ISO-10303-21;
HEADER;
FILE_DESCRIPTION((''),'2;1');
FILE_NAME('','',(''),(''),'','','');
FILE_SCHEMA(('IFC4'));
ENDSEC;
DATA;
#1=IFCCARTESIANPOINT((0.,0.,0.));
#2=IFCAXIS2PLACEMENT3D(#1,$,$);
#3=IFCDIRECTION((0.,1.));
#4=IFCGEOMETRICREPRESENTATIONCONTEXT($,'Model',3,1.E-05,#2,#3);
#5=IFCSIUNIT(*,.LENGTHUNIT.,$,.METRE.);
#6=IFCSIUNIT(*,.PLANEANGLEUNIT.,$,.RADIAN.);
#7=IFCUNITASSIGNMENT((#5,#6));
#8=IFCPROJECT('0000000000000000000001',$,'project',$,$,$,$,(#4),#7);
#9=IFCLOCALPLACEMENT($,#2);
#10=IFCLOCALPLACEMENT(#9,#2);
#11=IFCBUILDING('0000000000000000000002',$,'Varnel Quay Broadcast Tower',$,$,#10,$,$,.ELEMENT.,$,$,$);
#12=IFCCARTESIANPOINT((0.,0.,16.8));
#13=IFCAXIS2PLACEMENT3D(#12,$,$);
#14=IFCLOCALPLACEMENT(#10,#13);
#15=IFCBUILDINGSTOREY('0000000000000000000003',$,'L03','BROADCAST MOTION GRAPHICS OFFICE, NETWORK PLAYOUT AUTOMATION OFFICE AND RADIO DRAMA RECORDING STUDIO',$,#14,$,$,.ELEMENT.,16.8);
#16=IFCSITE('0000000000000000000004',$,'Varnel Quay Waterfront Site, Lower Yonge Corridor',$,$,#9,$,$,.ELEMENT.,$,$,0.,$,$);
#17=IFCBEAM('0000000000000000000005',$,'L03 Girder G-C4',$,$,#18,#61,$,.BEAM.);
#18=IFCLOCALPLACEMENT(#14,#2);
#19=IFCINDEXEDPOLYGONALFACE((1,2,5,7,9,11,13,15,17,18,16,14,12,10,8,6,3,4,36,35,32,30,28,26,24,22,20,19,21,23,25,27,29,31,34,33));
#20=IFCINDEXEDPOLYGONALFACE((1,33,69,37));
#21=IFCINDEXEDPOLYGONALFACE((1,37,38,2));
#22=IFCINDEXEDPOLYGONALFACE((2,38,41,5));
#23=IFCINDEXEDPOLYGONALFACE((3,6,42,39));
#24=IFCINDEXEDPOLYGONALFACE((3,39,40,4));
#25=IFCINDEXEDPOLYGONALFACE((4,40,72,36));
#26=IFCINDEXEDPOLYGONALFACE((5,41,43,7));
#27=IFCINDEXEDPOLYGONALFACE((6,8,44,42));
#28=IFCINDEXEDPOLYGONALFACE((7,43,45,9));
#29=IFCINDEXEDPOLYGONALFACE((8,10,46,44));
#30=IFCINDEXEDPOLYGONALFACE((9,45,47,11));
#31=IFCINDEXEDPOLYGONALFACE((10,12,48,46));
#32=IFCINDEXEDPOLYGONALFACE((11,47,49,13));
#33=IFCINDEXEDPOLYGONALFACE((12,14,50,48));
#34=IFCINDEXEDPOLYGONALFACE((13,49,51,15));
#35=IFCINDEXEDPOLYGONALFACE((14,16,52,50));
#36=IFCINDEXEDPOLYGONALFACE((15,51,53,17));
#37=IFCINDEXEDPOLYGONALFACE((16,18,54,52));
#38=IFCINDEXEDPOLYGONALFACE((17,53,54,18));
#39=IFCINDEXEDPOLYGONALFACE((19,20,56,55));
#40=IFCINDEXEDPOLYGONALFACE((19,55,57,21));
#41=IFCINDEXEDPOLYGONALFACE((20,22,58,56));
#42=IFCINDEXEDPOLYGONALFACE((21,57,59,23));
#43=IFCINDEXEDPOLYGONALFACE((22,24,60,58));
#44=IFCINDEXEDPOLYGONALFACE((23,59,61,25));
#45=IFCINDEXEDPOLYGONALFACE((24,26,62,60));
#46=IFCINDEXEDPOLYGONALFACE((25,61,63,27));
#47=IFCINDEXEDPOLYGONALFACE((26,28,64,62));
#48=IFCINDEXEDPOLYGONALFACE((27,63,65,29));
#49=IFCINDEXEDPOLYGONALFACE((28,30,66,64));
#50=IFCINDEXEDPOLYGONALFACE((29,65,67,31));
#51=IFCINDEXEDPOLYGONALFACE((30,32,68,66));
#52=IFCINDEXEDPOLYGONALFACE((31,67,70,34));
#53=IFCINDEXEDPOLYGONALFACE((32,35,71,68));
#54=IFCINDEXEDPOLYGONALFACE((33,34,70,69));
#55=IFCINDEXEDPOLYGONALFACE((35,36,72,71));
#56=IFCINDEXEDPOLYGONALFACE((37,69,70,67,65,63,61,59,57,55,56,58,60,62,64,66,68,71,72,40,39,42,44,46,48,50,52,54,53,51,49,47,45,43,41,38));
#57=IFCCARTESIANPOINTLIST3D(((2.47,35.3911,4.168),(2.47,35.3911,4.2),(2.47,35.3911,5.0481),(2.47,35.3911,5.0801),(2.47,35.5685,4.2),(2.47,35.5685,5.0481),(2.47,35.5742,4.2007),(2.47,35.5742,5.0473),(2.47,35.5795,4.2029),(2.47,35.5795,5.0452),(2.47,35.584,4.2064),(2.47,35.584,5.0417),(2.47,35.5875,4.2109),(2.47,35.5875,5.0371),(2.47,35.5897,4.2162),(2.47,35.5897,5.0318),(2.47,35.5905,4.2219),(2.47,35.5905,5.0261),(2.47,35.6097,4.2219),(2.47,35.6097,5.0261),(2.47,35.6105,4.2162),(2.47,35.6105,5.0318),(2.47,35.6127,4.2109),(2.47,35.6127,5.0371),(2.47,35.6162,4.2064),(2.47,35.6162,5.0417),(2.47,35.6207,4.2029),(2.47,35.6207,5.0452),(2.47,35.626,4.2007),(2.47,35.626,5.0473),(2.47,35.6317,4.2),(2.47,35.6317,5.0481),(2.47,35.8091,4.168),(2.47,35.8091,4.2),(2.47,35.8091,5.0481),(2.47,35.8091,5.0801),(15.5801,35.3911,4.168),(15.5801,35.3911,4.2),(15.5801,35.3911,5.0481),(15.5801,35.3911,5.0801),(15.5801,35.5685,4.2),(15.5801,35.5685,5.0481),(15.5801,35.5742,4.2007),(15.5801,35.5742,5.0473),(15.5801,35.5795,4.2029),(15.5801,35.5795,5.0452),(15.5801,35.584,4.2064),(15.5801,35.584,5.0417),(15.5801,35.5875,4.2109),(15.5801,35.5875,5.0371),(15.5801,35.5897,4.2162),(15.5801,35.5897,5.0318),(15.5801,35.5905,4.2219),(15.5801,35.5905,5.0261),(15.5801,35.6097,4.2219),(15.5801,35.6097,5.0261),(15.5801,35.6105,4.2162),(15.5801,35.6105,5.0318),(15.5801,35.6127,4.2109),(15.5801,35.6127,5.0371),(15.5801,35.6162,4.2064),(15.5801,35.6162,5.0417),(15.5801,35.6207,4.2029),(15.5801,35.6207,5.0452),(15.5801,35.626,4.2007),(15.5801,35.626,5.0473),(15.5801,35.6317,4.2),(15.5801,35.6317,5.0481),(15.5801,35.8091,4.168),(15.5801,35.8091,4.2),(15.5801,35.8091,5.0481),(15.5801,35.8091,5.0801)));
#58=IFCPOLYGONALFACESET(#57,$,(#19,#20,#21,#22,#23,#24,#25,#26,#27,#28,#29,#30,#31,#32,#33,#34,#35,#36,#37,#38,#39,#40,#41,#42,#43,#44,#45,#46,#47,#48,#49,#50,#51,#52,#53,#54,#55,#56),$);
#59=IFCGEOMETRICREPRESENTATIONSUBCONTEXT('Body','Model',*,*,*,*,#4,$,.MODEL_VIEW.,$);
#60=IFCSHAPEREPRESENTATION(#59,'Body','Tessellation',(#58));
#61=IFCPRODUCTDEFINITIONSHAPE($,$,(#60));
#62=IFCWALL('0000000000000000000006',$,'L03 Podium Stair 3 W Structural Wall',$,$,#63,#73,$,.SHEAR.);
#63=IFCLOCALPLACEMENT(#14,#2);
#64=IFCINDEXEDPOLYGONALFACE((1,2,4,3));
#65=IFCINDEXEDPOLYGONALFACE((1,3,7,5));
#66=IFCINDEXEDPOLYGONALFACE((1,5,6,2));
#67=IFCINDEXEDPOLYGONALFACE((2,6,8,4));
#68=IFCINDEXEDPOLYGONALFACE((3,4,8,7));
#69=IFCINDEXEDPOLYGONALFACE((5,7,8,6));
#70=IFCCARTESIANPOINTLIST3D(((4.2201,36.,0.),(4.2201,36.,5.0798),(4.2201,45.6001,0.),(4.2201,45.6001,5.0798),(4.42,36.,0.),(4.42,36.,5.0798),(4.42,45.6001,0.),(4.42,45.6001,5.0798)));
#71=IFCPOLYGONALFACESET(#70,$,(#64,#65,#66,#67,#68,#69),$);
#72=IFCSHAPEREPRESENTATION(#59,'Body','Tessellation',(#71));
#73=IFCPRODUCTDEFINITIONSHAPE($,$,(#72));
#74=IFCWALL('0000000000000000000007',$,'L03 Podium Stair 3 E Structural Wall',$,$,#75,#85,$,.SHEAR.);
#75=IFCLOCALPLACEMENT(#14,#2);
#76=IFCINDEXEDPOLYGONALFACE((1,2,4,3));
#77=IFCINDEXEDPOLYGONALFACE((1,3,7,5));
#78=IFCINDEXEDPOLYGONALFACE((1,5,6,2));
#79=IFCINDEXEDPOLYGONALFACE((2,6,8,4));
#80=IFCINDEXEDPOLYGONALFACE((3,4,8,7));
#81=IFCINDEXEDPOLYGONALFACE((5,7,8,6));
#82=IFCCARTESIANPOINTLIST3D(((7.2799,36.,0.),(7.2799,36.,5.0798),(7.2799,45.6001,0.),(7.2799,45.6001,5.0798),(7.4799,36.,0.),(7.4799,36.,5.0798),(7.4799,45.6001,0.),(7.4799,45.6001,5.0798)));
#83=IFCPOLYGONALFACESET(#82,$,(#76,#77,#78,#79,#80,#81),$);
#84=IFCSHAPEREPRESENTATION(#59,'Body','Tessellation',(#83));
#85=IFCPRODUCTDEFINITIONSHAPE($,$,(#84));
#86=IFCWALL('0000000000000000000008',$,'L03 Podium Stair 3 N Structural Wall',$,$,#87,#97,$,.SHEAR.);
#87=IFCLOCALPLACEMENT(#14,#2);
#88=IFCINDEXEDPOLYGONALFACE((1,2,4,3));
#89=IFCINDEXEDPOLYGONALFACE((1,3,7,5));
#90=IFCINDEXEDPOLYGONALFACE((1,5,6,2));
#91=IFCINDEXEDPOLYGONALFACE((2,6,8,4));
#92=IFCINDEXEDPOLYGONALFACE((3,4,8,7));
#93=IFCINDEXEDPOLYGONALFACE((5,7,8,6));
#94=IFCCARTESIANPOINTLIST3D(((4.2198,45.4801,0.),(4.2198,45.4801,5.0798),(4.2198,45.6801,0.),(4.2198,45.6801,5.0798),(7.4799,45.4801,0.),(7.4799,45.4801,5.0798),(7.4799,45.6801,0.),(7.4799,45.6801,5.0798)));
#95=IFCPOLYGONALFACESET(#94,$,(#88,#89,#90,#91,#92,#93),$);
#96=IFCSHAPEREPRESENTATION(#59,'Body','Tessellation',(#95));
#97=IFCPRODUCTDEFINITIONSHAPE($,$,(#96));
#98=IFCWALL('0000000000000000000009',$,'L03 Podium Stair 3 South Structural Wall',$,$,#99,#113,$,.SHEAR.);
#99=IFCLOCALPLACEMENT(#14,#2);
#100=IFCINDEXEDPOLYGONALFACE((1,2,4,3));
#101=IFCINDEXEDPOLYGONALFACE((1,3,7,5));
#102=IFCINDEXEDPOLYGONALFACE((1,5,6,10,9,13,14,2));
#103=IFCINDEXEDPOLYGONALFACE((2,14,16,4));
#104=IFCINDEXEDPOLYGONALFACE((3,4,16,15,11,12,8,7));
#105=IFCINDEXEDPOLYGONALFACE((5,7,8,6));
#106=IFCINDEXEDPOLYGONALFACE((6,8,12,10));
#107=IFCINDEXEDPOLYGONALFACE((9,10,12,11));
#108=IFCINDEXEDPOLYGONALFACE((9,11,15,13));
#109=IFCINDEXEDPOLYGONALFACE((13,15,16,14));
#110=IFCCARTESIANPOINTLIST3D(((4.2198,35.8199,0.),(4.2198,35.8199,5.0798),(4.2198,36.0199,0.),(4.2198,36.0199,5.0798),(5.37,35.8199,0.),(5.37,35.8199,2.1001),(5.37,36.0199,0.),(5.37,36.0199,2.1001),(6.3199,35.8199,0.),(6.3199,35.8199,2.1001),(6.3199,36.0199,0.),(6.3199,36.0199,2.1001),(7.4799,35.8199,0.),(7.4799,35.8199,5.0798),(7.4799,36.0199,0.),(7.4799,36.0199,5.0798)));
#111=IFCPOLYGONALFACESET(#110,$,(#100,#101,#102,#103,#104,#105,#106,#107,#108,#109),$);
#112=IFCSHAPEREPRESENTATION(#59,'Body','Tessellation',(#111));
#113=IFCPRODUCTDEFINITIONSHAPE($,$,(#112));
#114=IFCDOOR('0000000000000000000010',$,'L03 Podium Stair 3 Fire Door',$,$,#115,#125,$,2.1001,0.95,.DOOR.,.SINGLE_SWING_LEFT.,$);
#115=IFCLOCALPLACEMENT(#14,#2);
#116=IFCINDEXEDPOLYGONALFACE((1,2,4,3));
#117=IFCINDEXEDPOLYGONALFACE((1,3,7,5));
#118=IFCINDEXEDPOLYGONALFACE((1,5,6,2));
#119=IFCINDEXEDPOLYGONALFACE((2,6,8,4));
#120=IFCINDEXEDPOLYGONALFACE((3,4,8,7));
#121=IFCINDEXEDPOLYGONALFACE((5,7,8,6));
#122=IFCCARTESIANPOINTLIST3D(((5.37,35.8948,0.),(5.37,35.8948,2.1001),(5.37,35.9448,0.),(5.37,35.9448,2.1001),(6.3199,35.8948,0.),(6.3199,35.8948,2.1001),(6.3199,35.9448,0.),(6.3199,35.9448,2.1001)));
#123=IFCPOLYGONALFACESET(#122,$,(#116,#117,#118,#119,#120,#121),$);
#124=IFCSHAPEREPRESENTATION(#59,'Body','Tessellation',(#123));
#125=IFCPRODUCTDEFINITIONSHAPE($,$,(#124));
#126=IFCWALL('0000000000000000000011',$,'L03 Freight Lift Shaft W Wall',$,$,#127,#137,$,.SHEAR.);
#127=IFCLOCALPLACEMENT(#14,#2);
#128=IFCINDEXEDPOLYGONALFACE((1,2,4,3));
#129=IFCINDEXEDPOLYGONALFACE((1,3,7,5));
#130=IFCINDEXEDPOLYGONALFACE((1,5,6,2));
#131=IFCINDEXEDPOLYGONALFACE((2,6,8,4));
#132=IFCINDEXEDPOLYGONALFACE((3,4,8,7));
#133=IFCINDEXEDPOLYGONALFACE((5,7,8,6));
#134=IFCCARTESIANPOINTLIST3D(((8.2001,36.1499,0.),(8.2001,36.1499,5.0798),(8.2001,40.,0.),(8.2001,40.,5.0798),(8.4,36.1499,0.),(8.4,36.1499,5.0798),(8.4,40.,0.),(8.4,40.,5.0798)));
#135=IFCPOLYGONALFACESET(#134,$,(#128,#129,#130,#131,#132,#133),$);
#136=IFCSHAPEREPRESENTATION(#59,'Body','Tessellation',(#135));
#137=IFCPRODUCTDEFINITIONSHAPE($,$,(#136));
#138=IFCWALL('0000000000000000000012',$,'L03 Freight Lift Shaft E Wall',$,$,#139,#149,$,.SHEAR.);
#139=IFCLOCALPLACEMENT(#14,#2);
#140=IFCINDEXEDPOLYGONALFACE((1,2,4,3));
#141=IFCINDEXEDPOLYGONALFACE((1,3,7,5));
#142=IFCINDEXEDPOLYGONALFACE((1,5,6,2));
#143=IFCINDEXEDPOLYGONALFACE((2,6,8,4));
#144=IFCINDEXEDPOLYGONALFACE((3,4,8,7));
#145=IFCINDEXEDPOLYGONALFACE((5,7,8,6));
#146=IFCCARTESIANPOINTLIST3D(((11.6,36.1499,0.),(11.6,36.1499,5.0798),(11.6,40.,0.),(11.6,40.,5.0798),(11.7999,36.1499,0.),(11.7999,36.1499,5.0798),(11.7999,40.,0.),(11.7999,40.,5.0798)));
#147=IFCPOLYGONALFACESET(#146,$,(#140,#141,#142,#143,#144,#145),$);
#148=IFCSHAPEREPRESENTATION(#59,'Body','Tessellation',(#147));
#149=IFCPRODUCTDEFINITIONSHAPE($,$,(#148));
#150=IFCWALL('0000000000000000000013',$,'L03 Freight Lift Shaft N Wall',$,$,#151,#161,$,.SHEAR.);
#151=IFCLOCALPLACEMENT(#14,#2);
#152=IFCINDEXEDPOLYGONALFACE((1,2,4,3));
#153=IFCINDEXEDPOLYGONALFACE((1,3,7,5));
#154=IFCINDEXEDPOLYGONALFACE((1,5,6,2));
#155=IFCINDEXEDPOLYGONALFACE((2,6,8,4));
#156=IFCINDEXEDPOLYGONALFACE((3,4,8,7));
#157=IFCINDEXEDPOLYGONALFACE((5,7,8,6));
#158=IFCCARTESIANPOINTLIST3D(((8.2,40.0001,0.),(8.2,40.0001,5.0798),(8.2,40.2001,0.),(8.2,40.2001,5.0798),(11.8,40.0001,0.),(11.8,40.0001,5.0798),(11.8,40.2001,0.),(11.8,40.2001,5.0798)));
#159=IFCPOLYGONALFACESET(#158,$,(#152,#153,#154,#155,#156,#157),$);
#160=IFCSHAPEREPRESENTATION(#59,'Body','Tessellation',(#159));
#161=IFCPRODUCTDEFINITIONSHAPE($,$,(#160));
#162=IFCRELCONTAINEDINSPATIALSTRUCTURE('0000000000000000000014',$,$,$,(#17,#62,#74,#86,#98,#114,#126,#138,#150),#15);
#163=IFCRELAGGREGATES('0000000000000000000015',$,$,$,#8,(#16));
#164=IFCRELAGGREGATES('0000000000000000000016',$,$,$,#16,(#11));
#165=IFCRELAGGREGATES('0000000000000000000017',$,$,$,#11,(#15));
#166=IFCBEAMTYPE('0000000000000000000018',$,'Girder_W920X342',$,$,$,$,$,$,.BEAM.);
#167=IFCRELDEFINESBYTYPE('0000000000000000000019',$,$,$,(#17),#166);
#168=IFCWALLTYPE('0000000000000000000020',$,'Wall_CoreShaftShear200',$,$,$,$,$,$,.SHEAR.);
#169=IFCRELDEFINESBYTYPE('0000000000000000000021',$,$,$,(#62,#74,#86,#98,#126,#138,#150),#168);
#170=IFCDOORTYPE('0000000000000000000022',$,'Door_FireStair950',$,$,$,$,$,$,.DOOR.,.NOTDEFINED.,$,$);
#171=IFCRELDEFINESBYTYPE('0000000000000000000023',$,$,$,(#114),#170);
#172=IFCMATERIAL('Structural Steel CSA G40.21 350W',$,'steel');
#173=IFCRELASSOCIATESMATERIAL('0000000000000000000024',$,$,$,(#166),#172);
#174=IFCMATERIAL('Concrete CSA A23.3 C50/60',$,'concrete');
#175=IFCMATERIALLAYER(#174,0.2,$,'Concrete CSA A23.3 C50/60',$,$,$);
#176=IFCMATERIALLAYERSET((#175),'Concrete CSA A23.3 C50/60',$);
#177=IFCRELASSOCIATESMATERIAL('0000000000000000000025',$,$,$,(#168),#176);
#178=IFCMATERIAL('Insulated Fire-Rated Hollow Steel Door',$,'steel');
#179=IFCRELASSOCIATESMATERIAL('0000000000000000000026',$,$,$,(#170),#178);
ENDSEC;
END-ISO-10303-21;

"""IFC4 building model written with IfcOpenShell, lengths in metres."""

from ifc_helpers import new_model, si_unit, direction, frame, frame_2d, origin, origin_2d, place, context, subcontext, project, spatial, rectangle, i_section, extrude, source, transform, mapped, material, layer, layer_set, material_profile, profile_set, type_object, type_shapes, element, fill, save


model = new_model("IFC4")

# Units and contexts
model_context = context("Model", 3, precision=1e-05, world=origin(), true_north=direction((0.0, 1.0)))
body_context = subcontext(model_context, "Body", "Model", "MODEL_VIEW")
ifc_project = project(units=[si_unit("LENGTHUNIT", "METRE"), si_unit("PLANEANGLEUNIT", "RADIAN")], contexts=[model_context])

# Site, building, storey
site_placement = place(None, origin())
site = spatial("IfcSite", under=ifc_project, at=site_placement, Name="Varnel Quay Waterfront Site, Lower Yonge Corridor", CompositionType="ELEMENT", RefElevation=0.0)
building_placement = place(site_placement, origin())
building = spatial("IfcBuilding", under=site, at=building_placement, Name="Varnel Quay Broadcast Tower", CompositionType="ELEMENT")
storey_placement = place(building_placement, frame((0.0, 0.0, 16.8)))
storey = spatial("IfcBuildingStorey", under=building, at=storey_placement, Name="L03", Description="BROADCAST MOTION GRAPHICS OFFICE, NETWORK PLAYOUT AUTOMATION OFFICE AND RADIO DRAMA RECORDING STUDIO", CompositionType="ELEMENT", Elevation=16.8)

# Shared definitions
ifc_material_1 = material(Name="Structural Steel CSA G40.21 350W", Category="steel")

# Beam
ifc_material_profile_1 = material_profile(ifc_material_1, i_section(OverallWidth=0.418, OverallDepth=0.9121, WebThickness=0.0193, FlangeThickness=0.032, FilletRadius=0.022, at=origin_2d()), Name="W920X342")
ifc_profile_set_1 = profile_set([ifc_material_profile_1], Name="Structural Steel CSA G40.21 350W")
beam_type = type_object("IfcBeamType", Name="Girder_W920X342", PredefinedType="BEAM", material=ifc_profile_set_1)
shared_shape_1 = source(origin(), body_context, "Body", "SweptSolid", [
    extrude(i_section(OverallWidth=0.418, OverallDepth=0.9121, WebThickness=0.0193, FlangeThickness=0.032, FilletRadius=0.022, at=origin_2d()), origin(), (0.0, 0.0, 1.0), 13.1101),
])
beam_1_placement = place(storey_placement, frame((2.47, 35.6001, 4.624), z_axis=(1.0, 0.0, 0.0), x_axis=(0.0, 1.0, 0.0)))
element("IfcBeam", 1, at=beam_1_placement, inside=storey, type_object=beam_type, Name="L03 Girder G-C4", PredefinedType="BEAM", context=body_context, shape_type="MappedRepresentation", body=[
    mapped(shared_shape_1, transform((0.0, 0.0, 0.0), x_axis=(1.0, 0.0, 0.0), y_axis=(0.0, 1.0, 0.0), z_axis=(0.0, 0.0, 1.0), scale=1.0)),
])

# Walls
ifc_material_2 = material(Name="Concrete CSA A23.3 C50/60", Category="concrete")
ifc_layer_1 = layer(ifc_material_2, 0.2, Name="Concrete CSA A23.3 C50/60")
ifc_layer_set_1 = layer_set([ifc_layer_1], Name="Concrete CSA A23.3 C50/60")
wall_type_1 = type_object("IfcWallType", Name="Wall_CoreShaftShear200", PredefinedType="SHEAR", material=ifc_layer_set_1)
for number, where, z_axis, x_axis, name in (
    (2, (4.3201, 36.0, 0.0), (0.0, 0.0, 1.0), (0.0, 1.0, 0.0), "L03 Podium Stair 3 W Structural Wall"),
    (3, (7.3799, 36.0, 0.0), (0.0, 0.0, 1.0), (0.0, 1.0, 0.0), "L03 Podium Stair 3 E Structural Wall"),
):
    element("IfcWall", number, at=place(storey_placement, frame(where, z_axis=z_axis, x_axis=x_axis)), inside=storey, type_object=wall_type_1, Name=name, PredefinedType="SHEAR", context=body_context, shape_type="SweptSolid", body=[
        extrude(rectangle(XDim=9.6001, YDim=0.2, at=frame_2d((4.8, 0.0))), origin(), (0.0, 0.0, 1.0), 5.0798),
    ])
wall_1_placement = place(storey_placement, frame((4.22, 45.5801, 0.0), z_axis=(0.0, 0.0, 1.0), x_axis=(1.0, 0.0, 0.0)))
element("IfcWall", 4, at=wall_1_placement, inside=storey, type_object=wall_type_1, Name="L03 Podium Stair 3 N Structural Wall", PredefinedType="SHEAR", context=body_context, shape_type="SweptSolid", body=[
    extrude(rectangle(XDim=3.26, YDim=0.2, at=frame_2d((1.6299, 0.0))), origin(), (0.0, 0.0, 1.0), 5.0798),
])

# Wall, opening, door
wall_2_placement = place(storey_placement, frame((4.22, 35.9199, 0.0), z_axis=(0.0, 0.0, 1.0), x_axis=(1.0, 0.0, 0.0)))
wall_2 = element("IfcWall", 5, at=wall_2_placement, inside=storey, type_object=wall_type_1, Name="L03 Podium Stair 3 South Structural Wall", PredefinedType="SHEAR", context=body_context, shape_type="SweptSolid", body=[
    extrude(rectangle(XDim=3.26, YDim=0.2, at=frame_2d((1.6299, 0.0))), origin(), (0.0, 0.0, 1.0), 5.0798),
])
opening_1_placement = place(wall_2_placement, frame((1.1499, 0.0, 0.0)))
opening_1 = element("IfcOpeningElement", 6, at=opening_1_placement, cuts=wall_2, PredefinedType="OPENING", context=body_context, shape_type="SweptSolid", body=[
    extrude(rectangle(XDim=0.95, YDim=2.1001, at=frame_2d((0.4751, 1.05))), frame((0.0, 0.1099, 0.0), z_axis=(0.0, -1.0, 0.0), x_axis=(1.0, 0.0, 0.0)), (0.0, 0.0, 1.0), 0.22),
])
ifc_material_3 = material(Name="Insulated Fire-Rated Hollow Steel Door", Category="steel")
door_type_1 = type_object("IfcDoorType", Name="Door_FireStair950", OperationType="NOTDEFINED", PredefinedType="DOOR", material=ifc_material_3)
shared_shape_2 = source(origin(), body_context, "Body", "SweptSolid", [
    extrude(rectangle(XDim=0.95, YDim=2.1001, at=frame_2d((0.4751, 1.05))), frame((0.0, 0.0249, 0.0), z_axis=(0.0, -1.0, 0.0), x_axis=(1.0, 0.0, 0.0)), (0.0, 0.0, 1.0), 0.05),
])
type_shapes(door_type_1, [shared_shape_2])
door_1_placement = place(opening_1_placement, origin())
door_1 = element("IfcDoor", 7, at=door_1_placement, inside=storey, type_object=door_type_1, Name="L03 Podium Stair 3 Fire Door", OperationType="SINGLE_SWING_LEFT", OverallHeight=2.1001, OverallWidth=0.95, PredefinedType="DOOR", context=body_context, shape_type="MappedRepresentation", body=[
    mapped(shared_shape_2, transform((0.0, 0.0, 0.0), x_axis=(1.0, 0.0, 0.0), y_axis=(0.0, 1.0, 0.0), z_axis=(0.0, 0.0, 1.0), scale=1.0)),
])
fill(opening_1, door_1)

# Walls
for number, where, z_axis, x_axis, name in (
    (8, (8.3, 36.1499, 0.0), (0.0, 0.0, 1.0), (0.0, 1.0, 0.0), "L03 Freight Lift Shaft W Wall"),
    (9, (11.7, 36.1499, 0.0), (0.0, 0.0, 1.0), (0.0, 1.0, 0.0), "L03 Freight Lift Shaft E Wall"),
):
    element("IfcWall", number, at=place(storey_placement, frame(where, z_axis=z_axis, x_axis=x_axis)), inside=storey, type_object=wall_type_1, Name=name, PredefinedType="SHEAR", context=body_context, shape_type="SweptSolid", body=[
        extrude(rectangle(XDim=3.8501, YDim=0.2, at=frame_2d((1.925, 0.0))), origin(), (0.0, 0.0, 1.0), 5.0798),
    ])
wall_3_placement = place(storey_placement, frame((8.2, 40.1001, 0.0), z_axis=(0.0, 0.0, 1.0), x_axis=(1.0, 0.0, 0.0)))
element("IfcWall", 10, at=wall_3_placement, inside=storey, type_object=wall_type_1, Name="L03 Freight Lift Shaft N Wall", PredefinedType="SHEAR", context=body_context, shape_type="SweptSolid", body=[
    extrude(rectangle(XDim=3.6001, YDim=0.2, at=frame_2d((1.8, 0.0))), origin(), (0.0, 0.0, 1.0), 5.0798),
])

save(model, "model.ifc")
